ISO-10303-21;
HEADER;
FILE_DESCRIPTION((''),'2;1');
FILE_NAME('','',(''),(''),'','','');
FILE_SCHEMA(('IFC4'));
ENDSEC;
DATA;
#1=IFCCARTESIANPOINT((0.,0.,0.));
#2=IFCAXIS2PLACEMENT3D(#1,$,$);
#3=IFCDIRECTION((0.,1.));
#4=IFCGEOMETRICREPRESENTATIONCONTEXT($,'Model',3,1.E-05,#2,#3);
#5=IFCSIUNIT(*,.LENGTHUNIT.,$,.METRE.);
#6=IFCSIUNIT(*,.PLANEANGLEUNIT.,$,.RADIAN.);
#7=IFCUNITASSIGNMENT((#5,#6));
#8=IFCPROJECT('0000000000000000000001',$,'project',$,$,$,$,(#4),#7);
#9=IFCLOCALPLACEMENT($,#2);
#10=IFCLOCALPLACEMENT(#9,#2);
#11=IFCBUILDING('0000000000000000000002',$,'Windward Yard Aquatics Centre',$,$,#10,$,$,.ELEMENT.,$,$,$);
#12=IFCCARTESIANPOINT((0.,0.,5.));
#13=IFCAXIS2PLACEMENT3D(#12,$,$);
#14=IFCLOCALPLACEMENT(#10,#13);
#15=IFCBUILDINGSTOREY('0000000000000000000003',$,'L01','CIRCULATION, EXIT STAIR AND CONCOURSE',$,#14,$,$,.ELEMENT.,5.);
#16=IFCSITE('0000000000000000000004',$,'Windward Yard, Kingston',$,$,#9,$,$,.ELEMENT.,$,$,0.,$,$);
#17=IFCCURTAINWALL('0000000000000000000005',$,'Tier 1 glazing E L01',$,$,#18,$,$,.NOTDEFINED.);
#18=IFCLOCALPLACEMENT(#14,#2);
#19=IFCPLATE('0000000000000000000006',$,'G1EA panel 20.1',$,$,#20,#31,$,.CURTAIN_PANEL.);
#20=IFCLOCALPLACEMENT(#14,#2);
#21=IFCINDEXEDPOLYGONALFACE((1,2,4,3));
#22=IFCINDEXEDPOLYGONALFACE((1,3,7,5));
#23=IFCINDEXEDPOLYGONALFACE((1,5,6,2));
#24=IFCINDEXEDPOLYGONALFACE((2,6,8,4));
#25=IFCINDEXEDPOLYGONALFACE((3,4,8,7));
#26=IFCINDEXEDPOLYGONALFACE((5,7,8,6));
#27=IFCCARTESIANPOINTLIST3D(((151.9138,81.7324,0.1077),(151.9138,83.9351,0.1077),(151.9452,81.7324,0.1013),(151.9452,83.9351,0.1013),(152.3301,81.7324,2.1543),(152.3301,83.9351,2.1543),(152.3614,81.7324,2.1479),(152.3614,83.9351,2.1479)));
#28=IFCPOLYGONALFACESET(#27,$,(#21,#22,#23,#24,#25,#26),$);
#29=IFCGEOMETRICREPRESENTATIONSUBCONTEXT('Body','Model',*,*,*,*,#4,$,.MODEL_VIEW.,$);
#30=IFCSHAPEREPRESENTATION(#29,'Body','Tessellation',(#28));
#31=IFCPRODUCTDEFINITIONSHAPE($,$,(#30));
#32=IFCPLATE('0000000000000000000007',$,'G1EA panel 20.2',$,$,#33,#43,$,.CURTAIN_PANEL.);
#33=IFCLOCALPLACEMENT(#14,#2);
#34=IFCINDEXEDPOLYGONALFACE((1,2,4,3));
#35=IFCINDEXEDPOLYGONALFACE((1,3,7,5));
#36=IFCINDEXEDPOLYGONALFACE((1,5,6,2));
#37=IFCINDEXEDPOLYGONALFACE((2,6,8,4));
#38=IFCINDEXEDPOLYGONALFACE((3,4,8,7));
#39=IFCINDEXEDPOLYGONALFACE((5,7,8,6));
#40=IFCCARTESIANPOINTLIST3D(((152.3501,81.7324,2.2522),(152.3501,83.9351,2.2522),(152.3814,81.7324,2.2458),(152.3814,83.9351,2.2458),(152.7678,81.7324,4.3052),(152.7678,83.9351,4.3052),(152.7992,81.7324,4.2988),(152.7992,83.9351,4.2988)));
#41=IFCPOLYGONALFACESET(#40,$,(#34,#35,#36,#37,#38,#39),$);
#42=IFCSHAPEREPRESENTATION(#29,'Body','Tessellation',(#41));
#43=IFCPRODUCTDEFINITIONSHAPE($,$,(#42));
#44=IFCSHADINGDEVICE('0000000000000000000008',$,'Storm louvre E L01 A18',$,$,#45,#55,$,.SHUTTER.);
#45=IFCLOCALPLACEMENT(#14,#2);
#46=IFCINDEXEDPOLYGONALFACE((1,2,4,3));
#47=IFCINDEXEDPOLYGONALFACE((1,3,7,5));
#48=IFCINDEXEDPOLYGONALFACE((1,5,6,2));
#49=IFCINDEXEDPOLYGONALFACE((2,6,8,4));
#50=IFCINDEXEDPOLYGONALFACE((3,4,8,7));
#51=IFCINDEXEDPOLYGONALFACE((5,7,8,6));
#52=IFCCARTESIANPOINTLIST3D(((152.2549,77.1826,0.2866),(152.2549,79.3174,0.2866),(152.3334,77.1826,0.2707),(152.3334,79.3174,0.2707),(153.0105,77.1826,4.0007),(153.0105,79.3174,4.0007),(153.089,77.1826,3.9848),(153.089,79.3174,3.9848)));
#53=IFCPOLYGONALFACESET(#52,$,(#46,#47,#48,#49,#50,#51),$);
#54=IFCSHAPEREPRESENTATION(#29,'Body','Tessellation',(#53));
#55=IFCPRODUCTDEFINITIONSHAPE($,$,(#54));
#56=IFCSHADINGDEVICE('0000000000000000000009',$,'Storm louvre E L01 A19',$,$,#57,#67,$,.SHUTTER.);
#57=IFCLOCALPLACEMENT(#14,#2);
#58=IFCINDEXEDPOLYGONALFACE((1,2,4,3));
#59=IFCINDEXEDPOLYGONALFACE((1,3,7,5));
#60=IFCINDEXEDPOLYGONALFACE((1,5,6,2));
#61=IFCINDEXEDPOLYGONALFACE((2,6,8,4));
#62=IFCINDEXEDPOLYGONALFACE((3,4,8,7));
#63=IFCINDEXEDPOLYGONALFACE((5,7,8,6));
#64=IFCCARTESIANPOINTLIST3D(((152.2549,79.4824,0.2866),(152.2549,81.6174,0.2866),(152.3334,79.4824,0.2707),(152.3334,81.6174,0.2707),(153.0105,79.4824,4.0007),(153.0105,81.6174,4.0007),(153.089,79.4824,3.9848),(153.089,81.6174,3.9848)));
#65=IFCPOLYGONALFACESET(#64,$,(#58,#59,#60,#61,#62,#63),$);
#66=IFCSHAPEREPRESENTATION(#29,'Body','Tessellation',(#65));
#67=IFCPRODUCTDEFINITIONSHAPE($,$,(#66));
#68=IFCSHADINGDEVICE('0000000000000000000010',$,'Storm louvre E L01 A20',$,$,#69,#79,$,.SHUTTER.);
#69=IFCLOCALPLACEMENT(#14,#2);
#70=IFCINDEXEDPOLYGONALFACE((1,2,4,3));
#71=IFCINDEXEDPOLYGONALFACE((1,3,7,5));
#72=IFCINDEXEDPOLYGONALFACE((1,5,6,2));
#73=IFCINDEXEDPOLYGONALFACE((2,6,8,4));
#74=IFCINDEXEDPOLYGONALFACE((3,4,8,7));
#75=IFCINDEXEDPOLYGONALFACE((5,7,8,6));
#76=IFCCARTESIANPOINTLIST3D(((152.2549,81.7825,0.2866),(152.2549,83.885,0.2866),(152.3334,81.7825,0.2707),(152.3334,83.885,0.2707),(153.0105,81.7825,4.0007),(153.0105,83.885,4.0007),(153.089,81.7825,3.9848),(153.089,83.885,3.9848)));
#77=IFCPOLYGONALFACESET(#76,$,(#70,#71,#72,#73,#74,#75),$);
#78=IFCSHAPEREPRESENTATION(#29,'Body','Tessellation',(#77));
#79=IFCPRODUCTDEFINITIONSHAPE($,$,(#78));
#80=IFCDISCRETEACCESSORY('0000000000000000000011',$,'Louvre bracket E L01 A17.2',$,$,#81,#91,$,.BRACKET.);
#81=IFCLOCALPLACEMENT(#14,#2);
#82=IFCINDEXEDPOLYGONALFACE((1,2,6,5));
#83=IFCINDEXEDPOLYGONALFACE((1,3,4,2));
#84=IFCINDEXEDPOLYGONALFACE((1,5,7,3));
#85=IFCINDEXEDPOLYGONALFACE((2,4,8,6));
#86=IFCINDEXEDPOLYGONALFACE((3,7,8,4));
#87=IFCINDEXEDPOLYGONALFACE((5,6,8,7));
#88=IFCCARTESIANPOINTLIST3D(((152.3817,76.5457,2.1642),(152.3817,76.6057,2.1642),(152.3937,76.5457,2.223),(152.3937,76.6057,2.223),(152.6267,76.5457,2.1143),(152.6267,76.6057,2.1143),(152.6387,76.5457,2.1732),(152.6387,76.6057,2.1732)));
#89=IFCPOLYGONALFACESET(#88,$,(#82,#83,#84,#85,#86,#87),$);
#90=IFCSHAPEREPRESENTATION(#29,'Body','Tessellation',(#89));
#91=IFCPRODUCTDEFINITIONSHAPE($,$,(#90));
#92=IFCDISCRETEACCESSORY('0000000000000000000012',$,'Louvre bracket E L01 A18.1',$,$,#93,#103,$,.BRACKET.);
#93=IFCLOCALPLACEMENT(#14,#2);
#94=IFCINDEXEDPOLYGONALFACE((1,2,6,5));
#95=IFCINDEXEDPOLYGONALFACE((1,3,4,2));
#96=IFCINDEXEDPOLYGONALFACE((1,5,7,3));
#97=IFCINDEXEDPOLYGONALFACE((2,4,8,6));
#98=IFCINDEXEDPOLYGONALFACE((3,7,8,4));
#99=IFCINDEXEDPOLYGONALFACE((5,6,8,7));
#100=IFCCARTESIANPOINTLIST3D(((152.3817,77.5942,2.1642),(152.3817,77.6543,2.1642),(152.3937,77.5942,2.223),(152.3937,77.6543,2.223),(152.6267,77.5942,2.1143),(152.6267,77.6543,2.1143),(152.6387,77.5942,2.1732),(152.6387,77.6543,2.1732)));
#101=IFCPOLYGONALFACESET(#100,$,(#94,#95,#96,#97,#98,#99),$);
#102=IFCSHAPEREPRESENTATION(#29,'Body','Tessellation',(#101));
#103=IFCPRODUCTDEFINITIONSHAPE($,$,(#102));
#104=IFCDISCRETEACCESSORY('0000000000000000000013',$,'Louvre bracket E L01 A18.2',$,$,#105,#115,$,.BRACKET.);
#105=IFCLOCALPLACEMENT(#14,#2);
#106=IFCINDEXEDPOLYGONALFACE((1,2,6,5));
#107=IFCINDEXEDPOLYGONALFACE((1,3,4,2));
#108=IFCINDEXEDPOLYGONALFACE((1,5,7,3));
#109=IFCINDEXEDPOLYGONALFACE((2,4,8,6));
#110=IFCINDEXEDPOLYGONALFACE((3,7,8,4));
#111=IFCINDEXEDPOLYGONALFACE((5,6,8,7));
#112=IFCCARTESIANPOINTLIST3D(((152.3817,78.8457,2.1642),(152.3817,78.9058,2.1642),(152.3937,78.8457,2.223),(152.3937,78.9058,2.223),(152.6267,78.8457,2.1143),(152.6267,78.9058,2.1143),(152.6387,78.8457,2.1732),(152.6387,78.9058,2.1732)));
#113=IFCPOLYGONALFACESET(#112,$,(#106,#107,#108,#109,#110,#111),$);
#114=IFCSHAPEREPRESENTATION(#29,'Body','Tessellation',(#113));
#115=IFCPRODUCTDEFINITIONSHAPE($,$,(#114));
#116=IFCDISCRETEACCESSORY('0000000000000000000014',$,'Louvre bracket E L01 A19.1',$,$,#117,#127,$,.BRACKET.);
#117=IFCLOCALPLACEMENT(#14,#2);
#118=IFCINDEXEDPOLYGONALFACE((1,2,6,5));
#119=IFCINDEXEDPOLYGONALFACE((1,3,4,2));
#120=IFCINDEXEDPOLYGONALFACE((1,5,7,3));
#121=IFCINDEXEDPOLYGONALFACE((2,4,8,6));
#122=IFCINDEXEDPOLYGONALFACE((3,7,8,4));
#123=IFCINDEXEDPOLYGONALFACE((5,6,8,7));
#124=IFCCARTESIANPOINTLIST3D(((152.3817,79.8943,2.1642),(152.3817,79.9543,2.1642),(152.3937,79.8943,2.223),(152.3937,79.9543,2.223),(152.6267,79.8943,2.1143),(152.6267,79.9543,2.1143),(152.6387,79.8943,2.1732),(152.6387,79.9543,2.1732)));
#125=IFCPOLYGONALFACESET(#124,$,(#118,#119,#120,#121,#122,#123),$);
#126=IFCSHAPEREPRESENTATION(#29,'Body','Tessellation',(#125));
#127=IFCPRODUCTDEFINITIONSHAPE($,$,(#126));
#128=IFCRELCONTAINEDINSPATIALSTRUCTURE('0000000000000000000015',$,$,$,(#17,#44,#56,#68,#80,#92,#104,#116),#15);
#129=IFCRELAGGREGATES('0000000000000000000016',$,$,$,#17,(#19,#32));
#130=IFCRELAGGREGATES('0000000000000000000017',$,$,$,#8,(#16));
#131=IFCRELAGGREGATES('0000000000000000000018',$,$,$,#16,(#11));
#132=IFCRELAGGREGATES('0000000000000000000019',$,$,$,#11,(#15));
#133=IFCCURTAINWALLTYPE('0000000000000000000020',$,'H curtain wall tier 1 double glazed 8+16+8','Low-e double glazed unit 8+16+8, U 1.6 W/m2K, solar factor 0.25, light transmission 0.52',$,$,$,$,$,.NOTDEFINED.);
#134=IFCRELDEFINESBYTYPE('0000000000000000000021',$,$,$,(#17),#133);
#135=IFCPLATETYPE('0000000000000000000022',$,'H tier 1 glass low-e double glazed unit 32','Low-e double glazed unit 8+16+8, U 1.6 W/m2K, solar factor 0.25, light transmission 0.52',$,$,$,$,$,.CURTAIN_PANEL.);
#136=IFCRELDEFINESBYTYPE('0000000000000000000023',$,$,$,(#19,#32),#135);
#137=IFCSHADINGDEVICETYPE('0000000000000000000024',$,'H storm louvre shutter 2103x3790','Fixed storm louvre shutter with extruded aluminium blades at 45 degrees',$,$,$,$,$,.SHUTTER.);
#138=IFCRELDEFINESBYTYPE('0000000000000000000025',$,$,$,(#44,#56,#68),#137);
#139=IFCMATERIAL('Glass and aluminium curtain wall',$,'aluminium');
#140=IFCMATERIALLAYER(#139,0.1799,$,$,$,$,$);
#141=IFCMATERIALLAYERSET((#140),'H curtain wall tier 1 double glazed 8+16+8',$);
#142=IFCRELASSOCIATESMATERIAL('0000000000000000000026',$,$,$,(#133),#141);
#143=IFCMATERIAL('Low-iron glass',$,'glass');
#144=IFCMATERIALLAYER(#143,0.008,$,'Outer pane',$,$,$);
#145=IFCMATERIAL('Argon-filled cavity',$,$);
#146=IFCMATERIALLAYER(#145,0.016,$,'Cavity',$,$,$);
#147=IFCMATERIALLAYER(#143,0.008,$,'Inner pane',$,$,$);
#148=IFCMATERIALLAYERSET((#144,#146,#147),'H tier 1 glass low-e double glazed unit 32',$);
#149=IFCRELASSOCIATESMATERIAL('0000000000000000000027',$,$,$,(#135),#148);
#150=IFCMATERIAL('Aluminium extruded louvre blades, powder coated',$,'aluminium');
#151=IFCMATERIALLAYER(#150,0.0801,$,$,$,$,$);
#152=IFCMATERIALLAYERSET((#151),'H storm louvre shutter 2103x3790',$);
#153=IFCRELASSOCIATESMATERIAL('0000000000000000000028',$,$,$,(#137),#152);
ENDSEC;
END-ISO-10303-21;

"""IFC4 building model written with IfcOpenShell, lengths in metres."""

from ifc_helpers import new_model, si_unit, direction, frame, origin, origin_2d, place, context, subcontext, project, spatial, polyline, rectangle, outline, extrude, material, layer, layer_set, type_object, element, aggregate, save


model = new_model("IFC4")

# Units and contexts
model_context = context("Model", 3, precision=1e-05, world=origin(), true_north=direction((0.0, 1.0)))
body_context = subcontext(model_context, "Body", "Model", "MODEL_VIEW")
ifc_project = project(units=[si_unit("LENGTHUNIT", "METRE"), si_unit("PLANEANGLEUNIT", "RADIAN")], contexts=[model_context])

# Site, building, storey
site_placement = place(None, origin())
site = spatial("IfcSite", under=ifc_project, at=site_placement, Name="Windward Yard, Kingston", CompositionType="ELEMENT", RefElevation=0.0)
building_placement = place(site_placement, origin())
building = spatial("IfcBuilding", under=site, at=building_placement, Name="Windward Yard Aquatics Centre", CompositionType="ELEMENT")
storey_placement = place(building_placement, frame((0.0, 0.0, 5.0)))
storey = spatial("IfcBuildingStorey", under=building, at=storey_placement, Name="L01", Description="CIRCULATION, EXIT STAIR AND CONCOURSE", CompositionType="ELEMENT", Elevation=5.0)

# Curtain wall, plates
ifc_material_1 = material(Name="Glass and aluminium curtain wall", Category="aluminium")
ifc_layer_1 = layer(ifc_material_1, 0.1799)
ifc_layer_set_1 = layer_set([ifc_layer_1], Name="H curtain wall tier 1 double glazed 8+16+8")
curtain_wall_type = type_object("IfcCurtainWallType", Name="H curtain wall tier 1 double glazed 8+16+8", Description="Low-e double glazed unit 8+16+8, U 1.6 W/m2K, solar factor 0.25, light transmission 0.52", PredefinedType="NOTDEFINED", material=ifc_layer_set_1)
curtain_wall_placement = place(storey_placement, origin())
curtain_wall = element("IfcCurtainWall", 1, at=curtain_wall_placement, inside=storey, type_object=curtain_wall_type, Name="Tier 1 glazing E L01", PredefinedType="NOTDEFINED")
ifc_material_2 = material(Name="Low-iron glass", Category="glass")
ifc_layer_2 = layer(ifc_material_2, 0.008, Name="Outer pane")
ifc_material_3 = material(Name="Argon-filled cavity")
ifc_layer_3 = layer(ifc_material_3, 0.016, Name="Cavity")
ifc_layer_4 = layer(ifc_material_2, 0.008, Name="Inner pane")
ifc_layer_set_2 = layer_set([ifc_layer_2, ifc_layer_3, ifc_layer_4], Name="H tier 1 glass low-e double glazed unit 32")
plate_type = type_object("IfcPlateType", Name="H tier 1 glass low-e double glazed unit 32", Description="Low-e double glazed unit 8+16+8, U 1.6 W/m2K, solar factor 0.25, light transmission 0.52", PredefinedType="CURTAIN_PANEL", material=ifc_layer_set_2)
plate_1_placement = place(storey_placement, frame((151.9138, 81.7324, 0.1077), z_axis=(-0.979937, 0.0, 0.199307), x_axis=(0.0, 1.0, 0.0)))
plate_1 = element("IfcPlate", 2, at=plate_1_placement, type_object=plate_type, Name="G1EA panel 20.1", PredefinedType="CURTAIN_PANEL", context=body_context, shape_type="SweptSolid", body=[
    extrude(outline(polyline([(0.0, 0.0), (2.2026, 0.0), (2.2026, -2.0885), (0.0, -2.0885), (0.0, 0.0)])), origin(), (0.0, 0.0, -1.0), 0.032),
])
plate_2_placement = place(storey_placement, frame((152.3501, 81.7324, 2.2522), z_axis=(-0.979921, 0.0, 0.199387), x_axis=(0.0, 1.0, 0.0)))
plate_2 = element("IfcPlate", 3, at=plate_2_placement, type_object=plate_type, Name="G1EA panel 20.2", PredefinedType="CURTAIN_PANEL", context=body_context, shape_type="SweptSolid", body=[
    extrude(outline(polyline([(0.0, 0.0), (2.2026, 0.0), (2.2026, -2.095), (0.0, -2.095), (0.0, 0.0)])), origin(), (0.0, 0.0, -1.0), 0.032),
])
aggregate(curtain_wall, [plate_1, plate_2])

# Shading devices
ifc_material_4 = material(Name="Aluminium extruded louvre blades, powder coated", Category="aluminium")
ifc_layer_5 = layer(ifc_material_4, 0.0801)
ifc_layer_set_3 = layer_set([ifc_layer_5], Name="H storm louvre shutter 2103x3790")
shading_device_type = type_object("IfcShadingDeviceType", Name="H storm louvre shutter 2103x3790", Description="Fixed storm louvre shutter with extruded aluminium blades at 45 degrees", PredefinedType="SHUTTER", material=ifc_layer_set_3)
shading_device_1_placement = place(storey_placement, frame((152.2549, 77.1826, 0.2866), z_axis=(-0.979926, 0.0, 0.199361), x_axis=(0.0, 1.0, 0.0)))
element("IfcShadingDevice", 4, at=shading_device_1_placement, inside=storey, type_object=shading_device_type, Name="Storm louvre E L01 A18", PredefinedType="SHUTTER", context=body_context, shape_type="SweptSolid", body=[
    extrude(outline(polyline([(0.0, 0.0), (2.1348, 0.0), (2.1348, -3.7902), (0.0, -3.7902), (0.0, 0.0)])), origin(), (0.0, 0.0, -1.0), 0.0801),
])
shading_device_2_placement = place(storey_placement, frame((152.2549, 79.4824, 0.2866), z_axis=(-0.979926, 0.0, 0.199361), x_axis=(0.0, 1.0, 0.0)))
element("IfcShadingDevice", 5, at=shading_device_2_placement, inside=storey, type_object=shading_device_type, Name="Storm louvre E L01 A19", PredefinedType="SHUTTER", context=body_context, shape_type="SweptSolid", body=[
    extrude(outline(polyline([(0.0, 0.0), (2.135, 0.0), (2.135, -3.7902), (0.0, -3.7902), (0.0, 0.0)])), origin(), (0.0, 0.0, -1.0), 0.0801),
])
shading_device_3_placement = place(storey_placement, frame((152.2549, 81.7825, 0.2866), z_axis=(-0.979926, 0.0, 0.199361), x_axis=(0.0, 1.0, 0.0)))
element("IfcShadingDevice", 6, at=shading_device_3_placement, inside=storey, type_object=shading_device_type, Name="Storm louvre E L01 A20", PredefinedType="SHUTTER", context=body_context, shape_type="SweptSolid", body=[
    extrude(outline(polyline([(0.0, 0.0), (2.1025, 0.0), (2.1025, -3.7902), (0.0, -3.7902), (0.0, 0.0)])), origin(), (0.0, 0.0, -1.0), 0.0801),
])

# Discrete accessories
for number, where, z_axis, x_axis, name in (
    (7, (152.3877, 76.5757, 2.1936), (0.979937, 0.0, -0.199309), (0.0, 1.0, 0.0), "Louvre bracket E L01 A17.2"),
    (8, (152.3877, 77.6243, 2.1936), (0.979937, 0.0, -0.199309), (0.0, 1.0, 0.0), "Louvre bracket E L01 A18.1"),
    (9, (152.3877, 78.8757, 2.1936), (0.979937, 0.0, -0.199309), (0.0, 1.0, 0.0), "Louvre bracket E L01 A18.2"),
    (10, (152.3877, 79.9243, 2.1936), (0.979937, 0.0, -0.199309), (0.0, 1.0, 0.0), "Louvre bracket E L01 A19.1"),
):
    element("IfcDiscreteAccessory", number, at=place(storey_placement, frame(where, z_axis=z_axis, x_axis=x_axis)), inside=storey, Name=name, PredefinedType="BRACKET", context=body_context, shape_type="SweptSolid", body=[
        extrude(rectangle(XDim=0.0601, YDim=0.0601, at=origin_2d()), origin(), (0.0, 0.0, 1.0), 0.25),
    ])

save(model, "model.ifc")
